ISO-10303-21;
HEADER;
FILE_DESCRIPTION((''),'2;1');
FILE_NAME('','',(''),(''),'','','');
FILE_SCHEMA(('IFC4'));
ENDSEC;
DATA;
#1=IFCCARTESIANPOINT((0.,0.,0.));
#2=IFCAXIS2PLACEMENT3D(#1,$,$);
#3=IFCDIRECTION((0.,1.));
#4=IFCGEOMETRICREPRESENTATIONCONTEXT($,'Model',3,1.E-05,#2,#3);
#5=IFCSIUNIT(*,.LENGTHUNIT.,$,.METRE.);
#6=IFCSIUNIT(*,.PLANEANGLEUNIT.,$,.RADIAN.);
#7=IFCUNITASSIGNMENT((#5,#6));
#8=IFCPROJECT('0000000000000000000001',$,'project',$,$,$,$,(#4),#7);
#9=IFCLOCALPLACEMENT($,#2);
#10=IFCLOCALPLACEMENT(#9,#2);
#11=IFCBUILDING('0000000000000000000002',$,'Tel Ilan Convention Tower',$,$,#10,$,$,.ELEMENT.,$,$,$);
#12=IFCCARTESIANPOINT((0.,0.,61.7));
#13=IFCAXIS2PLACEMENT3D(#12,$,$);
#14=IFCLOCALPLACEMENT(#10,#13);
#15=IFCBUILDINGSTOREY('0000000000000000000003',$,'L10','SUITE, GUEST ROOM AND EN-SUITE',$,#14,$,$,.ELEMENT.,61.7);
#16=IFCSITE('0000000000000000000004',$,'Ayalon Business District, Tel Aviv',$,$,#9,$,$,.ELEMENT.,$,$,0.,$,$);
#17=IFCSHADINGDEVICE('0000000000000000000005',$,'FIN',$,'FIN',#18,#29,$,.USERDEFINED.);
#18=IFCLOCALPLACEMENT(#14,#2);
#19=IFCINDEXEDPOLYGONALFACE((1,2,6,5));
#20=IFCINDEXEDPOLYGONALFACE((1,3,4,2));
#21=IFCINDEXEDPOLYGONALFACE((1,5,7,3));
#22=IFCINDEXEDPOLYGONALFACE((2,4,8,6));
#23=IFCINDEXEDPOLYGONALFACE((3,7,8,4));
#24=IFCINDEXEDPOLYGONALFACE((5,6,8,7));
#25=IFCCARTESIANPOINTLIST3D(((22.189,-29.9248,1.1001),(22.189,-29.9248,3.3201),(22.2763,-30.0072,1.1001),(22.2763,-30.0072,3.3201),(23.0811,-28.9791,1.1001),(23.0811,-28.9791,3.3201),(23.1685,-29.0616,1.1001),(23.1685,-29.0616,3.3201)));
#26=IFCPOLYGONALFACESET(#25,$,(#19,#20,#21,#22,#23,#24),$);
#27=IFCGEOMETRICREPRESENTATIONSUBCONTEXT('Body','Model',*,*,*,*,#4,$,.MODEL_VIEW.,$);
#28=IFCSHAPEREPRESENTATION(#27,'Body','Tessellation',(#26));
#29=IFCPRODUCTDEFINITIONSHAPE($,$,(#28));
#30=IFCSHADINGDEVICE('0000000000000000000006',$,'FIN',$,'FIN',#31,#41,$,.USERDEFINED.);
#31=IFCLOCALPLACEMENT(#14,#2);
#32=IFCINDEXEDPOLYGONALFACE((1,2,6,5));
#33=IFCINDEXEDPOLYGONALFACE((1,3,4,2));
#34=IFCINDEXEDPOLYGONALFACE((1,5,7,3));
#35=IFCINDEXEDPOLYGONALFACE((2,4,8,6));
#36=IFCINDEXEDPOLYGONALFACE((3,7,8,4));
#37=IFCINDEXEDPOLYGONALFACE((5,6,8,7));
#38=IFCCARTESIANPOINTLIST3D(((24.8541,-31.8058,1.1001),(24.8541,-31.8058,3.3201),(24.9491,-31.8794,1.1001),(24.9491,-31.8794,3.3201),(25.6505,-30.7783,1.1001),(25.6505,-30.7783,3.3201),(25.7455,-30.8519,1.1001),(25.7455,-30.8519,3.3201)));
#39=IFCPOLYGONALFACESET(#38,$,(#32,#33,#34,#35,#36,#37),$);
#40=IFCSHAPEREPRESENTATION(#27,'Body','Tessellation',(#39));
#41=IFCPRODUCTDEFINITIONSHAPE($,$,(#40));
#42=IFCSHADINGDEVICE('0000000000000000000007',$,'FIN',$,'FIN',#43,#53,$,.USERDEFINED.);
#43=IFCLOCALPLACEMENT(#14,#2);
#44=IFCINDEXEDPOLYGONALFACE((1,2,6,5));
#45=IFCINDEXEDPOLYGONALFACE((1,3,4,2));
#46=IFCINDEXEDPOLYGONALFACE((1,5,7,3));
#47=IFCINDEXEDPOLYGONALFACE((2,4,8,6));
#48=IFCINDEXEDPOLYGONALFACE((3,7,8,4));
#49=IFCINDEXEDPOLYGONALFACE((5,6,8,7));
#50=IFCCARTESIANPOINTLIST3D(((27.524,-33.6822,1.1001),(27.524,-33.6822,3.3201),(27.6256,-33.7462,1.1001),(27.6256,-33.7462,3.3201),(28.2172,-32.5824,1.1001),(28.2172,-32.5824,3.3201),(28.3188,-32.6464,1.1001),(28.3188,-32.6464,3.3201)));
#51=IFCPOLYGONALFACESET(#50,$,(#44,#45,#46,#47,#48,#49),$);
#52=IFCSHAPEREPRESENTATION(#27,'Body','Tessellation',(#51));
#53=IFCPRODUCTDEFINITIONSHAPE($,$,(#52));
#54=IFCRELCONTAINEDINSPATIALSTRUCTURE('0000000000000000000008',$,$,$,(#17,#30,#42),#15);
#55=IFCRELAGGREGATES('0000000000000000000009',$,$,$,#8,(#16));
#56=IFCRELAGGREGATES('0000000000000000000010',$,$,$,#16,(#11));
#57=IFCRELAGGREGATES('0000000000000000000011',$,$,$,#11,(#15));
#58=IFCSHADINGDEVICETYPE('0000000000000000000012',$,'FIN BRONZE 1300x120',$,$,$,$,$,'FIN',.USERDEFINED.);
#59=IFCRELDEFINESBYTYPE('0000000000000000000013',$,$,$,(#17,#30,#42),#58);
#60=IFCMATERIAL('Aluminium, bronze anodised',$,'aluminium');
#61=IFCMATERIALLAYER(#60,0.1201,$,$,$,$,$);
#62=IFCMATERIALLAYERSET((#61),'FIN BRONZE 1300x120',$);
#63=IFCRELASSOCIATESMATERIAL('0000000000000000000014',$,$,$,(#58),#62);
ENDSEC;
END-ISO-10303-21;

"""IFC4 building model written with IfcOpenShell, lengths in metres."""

from ifc_helpers import new_model, si_unit, direction, frame, origin, origin_2d, place, context, subcontext, project, spatial, rectangle, extrude, material, layer, layer_set, type_object, element, save


model = new_model("IFC4")

# Units and contexts
model_context = context("Model", 3, precision=1e-05, world=origin(), true_north=direction((0.0, 1.0)))
body_context = subcontext(model_context, "Body", "Model", "MODEL_VIEW")
ifc_project = project(units=[si_unit("LENGTHUNIT", "METRE"), si_unit("PLANEANGLEUNIT", "RADIAN")], contexts=[model_context])

# Site, building, storey
site_placement = place(None, origin())
site = spatial("IfcSite", under=ifc_project, at=site_placement, Name="Ayalon Business District, Tel Aviv", CompositionType="ELEMENT", RefElevation=0.0)
building_placement = place(site_placement, origin())
building = spatial("IfcBuilding", under=site, at=building_placement, Name="Tel Ilan Convention Tower", CompositionType="ELEMENT")
storey_placement = place(building_placement, frame((0.0, 0.0, 61.7)))
storey = spatial("IfcBuildingStorey", under=building, at=storey_placement, Name="L10", Description="SUITE, GUEST ROOM AND EN-SUITE", CompositionType="ELEMENT", Elevation=61.7)

# Shading devices
ifc_material_1 = material(Name="Aluminium, bronze anodised", Category="aluminium")
ifc_layer_1 = layer(ifc_material_1, 0.1201)
ifc_layer_set_1 = layer_set([ifc_layer_1], Name="FIN BRONZE 1300x120")
shading_device_type = type_object("IfcShadingDeviceType", Name="FIN BRONZE 1300x120", ElementType="FIN", PredefinedType="USERDEFINED", material=ifc_layer_set_1)
for number, where, z_axis, x_axis, name in (
    (1, (22.6787, -29.4932, 1.1001), (0.0, 0.0, 1.0), (-0.686242, -0.727374, 0.0), "FIN"),
    (2, (25.2998, -31.3289, 1.1001), (0.0, 0.0, 1.0), (-0.612601, -0.790393, 0.0), "FIN"),
    (3, (27.9214, -33.1643, 1.1001), (0.0, 0.0, 1.0), (-0.533204, -0.845986, 0.0), "FIN"),
):
    element("IfcShadingDevice", number, at=place(storey_placement, frame(where, z_axis=z_axis, x_axis=x_axis)), inside=storey, type_object=shading_device_type, Name=name, ObjectType="FIN", PredefinedType="USERDEFINED", context=body_context, shape_type="SweptSolid", body=[
        extrude(rectangle(XDim=1.3, YDim=0.1201, at=origin_2d()), origin(), (0.0, 0.0, 1.0), 2.22),
    ])

save(model, "model.ifc")
